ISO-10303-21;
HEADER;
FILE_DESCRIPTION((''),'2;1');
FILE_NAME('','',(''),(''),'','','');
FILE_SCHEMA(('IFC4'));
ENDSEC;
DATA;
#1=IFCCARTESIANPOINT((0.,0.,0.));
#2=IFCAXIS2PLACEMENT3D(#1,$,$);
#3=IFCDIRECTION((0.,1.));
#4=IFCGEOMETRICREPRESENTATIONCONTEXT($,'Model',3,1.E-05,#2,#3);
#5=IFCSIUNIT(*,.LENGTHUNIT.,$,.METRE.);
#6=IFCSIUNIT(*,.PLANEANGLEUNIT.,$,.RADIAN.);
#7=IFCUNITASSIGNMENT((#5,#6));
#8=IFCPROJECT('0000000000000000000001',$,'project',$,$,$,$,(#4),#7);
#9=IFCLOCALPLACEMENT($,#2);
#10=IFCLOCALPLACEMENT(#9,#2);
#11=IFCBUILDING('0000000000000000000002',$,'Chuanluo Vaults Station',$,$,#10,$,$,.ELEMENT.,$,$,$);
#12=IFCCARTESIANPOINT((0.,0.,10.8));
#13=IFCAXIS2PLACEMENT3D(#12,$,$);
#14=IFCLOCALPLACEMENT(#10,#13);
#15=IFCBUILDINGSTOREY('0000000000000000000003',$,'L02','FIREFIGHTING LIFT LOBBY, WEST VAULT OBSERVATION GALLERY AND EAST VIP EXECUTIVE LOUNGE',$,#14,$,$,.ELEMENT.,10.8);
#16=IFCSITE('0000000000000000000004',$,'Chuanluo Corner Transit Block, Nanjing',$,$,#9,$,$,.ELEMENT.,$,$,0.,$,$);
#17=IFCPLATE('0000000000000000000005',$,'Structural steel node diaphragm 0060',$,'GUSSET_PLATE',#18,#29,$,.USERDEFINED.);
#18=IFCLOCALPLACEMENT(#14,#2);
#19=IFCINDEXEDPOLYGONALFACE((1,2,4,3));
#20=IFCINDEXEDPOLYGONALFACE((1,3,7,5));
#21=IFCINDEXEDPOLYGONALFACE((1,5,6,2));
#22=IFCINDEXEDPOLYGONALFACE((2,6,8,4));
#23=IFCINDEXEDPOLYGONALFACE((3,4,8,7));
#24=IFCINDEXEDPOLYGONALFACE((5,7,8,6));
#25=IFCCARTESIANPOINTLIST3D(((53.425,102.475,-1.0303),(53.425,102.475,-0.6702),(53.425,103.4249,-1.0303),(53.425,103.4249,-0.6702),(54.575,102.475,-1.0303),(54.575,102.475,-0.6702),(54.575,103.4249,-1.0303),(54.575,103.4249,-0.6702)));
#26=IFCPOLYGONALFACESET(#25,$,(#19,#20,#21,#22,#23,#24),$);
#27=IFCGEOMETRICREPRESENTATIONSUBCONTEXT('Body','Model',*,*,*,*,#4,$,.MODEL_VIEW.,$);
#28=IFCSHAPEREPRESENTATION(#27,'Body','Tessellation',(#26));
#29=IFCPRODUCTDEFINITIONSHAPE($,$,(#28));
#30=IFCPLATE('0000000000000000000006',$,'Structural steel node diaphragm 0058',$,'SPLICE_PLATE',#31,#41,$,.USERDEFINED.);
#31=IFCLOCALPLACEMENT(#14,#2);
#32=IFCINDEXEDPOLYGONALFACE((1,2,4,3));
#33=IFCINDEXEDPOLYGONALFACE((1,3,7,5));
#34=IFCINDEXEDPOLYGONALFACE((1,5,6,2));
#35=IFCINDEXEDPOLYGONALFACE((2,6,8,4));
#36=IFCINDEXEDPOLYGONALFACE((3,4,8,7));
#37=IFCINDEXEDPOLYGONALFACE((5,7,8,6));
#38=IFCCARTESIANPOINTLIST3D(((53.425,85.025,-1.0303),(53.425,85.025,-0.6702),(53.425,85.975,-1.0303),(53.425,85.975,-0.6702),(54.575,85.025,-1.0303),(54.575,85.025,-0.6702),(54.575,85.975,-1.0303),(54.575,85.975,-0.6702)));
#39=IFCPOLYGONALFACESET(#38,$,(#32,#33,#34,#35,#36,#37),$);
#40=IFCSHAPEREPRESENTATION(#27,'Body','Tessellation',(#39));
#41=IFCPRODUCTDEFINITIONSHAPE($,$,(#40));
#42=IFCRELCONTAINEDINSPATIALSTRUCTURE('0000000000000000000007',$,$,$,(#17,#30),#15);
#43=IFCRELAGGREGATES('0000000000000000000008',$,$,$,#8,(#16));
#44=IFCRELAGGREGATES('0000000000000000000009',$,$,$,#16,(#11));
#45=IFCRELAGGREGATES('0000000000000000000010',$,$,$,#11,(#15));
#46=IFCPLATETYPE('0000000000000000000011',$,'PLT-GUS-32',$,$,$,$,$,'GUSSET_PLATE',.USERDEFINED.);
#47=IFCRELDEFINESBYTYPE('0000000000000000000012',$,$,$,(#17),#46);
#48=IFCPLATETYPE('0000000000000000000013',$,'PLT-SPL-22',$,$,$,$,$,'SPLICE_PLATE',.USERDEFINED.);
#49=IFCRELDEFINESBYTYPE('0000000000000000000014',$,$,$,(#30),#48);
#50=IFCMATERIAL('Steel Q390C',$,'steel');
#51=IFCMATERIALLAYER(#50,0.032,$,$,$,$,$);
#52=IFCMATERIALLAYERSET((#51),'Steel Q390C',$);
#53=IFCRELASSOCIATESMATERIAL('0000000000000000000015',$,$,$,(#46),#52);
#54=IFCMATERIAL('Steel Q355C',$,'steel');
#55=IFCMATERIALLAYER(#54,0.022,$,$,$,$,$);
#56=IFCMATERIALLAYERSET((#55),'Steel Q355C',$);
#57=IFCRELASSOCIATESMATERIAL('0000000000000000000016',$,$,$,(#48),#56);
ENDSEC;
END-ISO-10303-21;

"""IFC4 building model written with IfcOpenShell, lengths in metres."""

from ifc_helpers import new_model, si_unit, direction, frame, origin, origin_2d, place, context, subcontext, project, spatial, rectangle, extrude, material, layer, layer_set, type_object, element, save


model = new_model("IFC4")

# Units and contexts
model_context = context("Model", 3, precision=1e-05, world=origin(), true_north=direction((0.0, 1.0)))
body_context = subcontext(model_context, "Body", "Model", "MODEL_VIEW")
ifc_project = project(units=[si_unit("LENGTHUNIT", "METRE"), si_unit("PLANEANGLEUNIT", "RADIAN")], contexts=[model_context])

# Site, building, storey
site_placement = place(None, origin())
site = spatial("IfcSite", under=ifc_project, at=site_placement, Name="Chuanluo Corner Transit Block, Nanjing", CompositionType="ELEMENT", RefElevation=0.0)
building_placement = place(site_placement, origin())
building = spatial("IfcBuilding", under=site, at=building_placement, Name="Chuanluo Vaults Station", CompositionType="ELEMENT")
storey_placement = place(building_placement, frame((0.0, 0.0, 10.8)))
storey = spatial("IfcBuildingStorey", under=building, at=storey_placement, Name="L02", Description="FIREFIGHTING LIFT LOBBY, WEST VAULT OBSERVATION GALLERY AND EAST VIP EXECUTIVE LOUNGE", CompositionType="ELEMENT", Elevation=10.8)

# Plates
ifc_material_1 = material(Name="Steel Q390C", Category="steel")
ifc_layer_1 = layer(ifc_material_1, 0.032)
ifc_layer_set_1 = layer_set([ifc_layer_1], Name="Steel Q390C")
plate_type_1 = type_object("IfcPlateType", Name="PLT-GUS-32", ElementType="GUSSET_PLATE", PredefinedType="USERDEFINED", material=ifc_layer_set_1)
plate_1_placement = place(storey_placement, frame((54.0, 102.95, -1.0303), z_axis=(0.0, 0.0, 1.0), x_axis=(1.0, 0.0, 0.0)))
element("IfcPlate", 1, at=plate_1_placement, inside=storey, type_object=plate_type_1, Name="Structural steel node diaphragm 0060", ObjectType="GUSSET_PLATE", PredefinedType="USERDEFINED", context=body_context, shape_type="SweptSolid", body=[
    extrude(rectangle(XDim=1.1499, YDim=0.95, at=origin_2d()), origin(), (0.0, 0.0, 1.0), 0.3601),
])
ifc_material_2 = material(Name="Steel Q355C", Category="steel")
ifc_layer_2 = layer(ifc_material_2, 0.022)
ifc_layer_set_2 = layer_set([ifc_layer_2], Name="Steel Q355C")
plate_type_2 = type_object("IfcPlateType", Name="PLT-SPL-22", ElementType="SPLICE_PLATE", PredefinedType="USERDEFINED", material=ifc_layer_set_2)
plate_2_placement = place(storey_placement, frame((54.0, 85.5, -1.0303), z_axis=(0.0, 0.0, 1.0), x_axis=(1.0, 0.0, 0.0)))
element("IfcPlate", 2, at=plate_2_placement, inside=storey, type_object=plate_type_2, Name="Structural steel node diaphragm 0058", ObjectType="SPLICE_PLATE", PredefinedType="USERDEFINED", context=body_context, shape_type="SweptSolid", body=[
    extrude(rectangle(XDim=1.1499, YDim=0.95, at=origin_2d()), origin(), (0.0, 0.0, 1.0), 0.3601),
])

save(model, "model.ifc")
